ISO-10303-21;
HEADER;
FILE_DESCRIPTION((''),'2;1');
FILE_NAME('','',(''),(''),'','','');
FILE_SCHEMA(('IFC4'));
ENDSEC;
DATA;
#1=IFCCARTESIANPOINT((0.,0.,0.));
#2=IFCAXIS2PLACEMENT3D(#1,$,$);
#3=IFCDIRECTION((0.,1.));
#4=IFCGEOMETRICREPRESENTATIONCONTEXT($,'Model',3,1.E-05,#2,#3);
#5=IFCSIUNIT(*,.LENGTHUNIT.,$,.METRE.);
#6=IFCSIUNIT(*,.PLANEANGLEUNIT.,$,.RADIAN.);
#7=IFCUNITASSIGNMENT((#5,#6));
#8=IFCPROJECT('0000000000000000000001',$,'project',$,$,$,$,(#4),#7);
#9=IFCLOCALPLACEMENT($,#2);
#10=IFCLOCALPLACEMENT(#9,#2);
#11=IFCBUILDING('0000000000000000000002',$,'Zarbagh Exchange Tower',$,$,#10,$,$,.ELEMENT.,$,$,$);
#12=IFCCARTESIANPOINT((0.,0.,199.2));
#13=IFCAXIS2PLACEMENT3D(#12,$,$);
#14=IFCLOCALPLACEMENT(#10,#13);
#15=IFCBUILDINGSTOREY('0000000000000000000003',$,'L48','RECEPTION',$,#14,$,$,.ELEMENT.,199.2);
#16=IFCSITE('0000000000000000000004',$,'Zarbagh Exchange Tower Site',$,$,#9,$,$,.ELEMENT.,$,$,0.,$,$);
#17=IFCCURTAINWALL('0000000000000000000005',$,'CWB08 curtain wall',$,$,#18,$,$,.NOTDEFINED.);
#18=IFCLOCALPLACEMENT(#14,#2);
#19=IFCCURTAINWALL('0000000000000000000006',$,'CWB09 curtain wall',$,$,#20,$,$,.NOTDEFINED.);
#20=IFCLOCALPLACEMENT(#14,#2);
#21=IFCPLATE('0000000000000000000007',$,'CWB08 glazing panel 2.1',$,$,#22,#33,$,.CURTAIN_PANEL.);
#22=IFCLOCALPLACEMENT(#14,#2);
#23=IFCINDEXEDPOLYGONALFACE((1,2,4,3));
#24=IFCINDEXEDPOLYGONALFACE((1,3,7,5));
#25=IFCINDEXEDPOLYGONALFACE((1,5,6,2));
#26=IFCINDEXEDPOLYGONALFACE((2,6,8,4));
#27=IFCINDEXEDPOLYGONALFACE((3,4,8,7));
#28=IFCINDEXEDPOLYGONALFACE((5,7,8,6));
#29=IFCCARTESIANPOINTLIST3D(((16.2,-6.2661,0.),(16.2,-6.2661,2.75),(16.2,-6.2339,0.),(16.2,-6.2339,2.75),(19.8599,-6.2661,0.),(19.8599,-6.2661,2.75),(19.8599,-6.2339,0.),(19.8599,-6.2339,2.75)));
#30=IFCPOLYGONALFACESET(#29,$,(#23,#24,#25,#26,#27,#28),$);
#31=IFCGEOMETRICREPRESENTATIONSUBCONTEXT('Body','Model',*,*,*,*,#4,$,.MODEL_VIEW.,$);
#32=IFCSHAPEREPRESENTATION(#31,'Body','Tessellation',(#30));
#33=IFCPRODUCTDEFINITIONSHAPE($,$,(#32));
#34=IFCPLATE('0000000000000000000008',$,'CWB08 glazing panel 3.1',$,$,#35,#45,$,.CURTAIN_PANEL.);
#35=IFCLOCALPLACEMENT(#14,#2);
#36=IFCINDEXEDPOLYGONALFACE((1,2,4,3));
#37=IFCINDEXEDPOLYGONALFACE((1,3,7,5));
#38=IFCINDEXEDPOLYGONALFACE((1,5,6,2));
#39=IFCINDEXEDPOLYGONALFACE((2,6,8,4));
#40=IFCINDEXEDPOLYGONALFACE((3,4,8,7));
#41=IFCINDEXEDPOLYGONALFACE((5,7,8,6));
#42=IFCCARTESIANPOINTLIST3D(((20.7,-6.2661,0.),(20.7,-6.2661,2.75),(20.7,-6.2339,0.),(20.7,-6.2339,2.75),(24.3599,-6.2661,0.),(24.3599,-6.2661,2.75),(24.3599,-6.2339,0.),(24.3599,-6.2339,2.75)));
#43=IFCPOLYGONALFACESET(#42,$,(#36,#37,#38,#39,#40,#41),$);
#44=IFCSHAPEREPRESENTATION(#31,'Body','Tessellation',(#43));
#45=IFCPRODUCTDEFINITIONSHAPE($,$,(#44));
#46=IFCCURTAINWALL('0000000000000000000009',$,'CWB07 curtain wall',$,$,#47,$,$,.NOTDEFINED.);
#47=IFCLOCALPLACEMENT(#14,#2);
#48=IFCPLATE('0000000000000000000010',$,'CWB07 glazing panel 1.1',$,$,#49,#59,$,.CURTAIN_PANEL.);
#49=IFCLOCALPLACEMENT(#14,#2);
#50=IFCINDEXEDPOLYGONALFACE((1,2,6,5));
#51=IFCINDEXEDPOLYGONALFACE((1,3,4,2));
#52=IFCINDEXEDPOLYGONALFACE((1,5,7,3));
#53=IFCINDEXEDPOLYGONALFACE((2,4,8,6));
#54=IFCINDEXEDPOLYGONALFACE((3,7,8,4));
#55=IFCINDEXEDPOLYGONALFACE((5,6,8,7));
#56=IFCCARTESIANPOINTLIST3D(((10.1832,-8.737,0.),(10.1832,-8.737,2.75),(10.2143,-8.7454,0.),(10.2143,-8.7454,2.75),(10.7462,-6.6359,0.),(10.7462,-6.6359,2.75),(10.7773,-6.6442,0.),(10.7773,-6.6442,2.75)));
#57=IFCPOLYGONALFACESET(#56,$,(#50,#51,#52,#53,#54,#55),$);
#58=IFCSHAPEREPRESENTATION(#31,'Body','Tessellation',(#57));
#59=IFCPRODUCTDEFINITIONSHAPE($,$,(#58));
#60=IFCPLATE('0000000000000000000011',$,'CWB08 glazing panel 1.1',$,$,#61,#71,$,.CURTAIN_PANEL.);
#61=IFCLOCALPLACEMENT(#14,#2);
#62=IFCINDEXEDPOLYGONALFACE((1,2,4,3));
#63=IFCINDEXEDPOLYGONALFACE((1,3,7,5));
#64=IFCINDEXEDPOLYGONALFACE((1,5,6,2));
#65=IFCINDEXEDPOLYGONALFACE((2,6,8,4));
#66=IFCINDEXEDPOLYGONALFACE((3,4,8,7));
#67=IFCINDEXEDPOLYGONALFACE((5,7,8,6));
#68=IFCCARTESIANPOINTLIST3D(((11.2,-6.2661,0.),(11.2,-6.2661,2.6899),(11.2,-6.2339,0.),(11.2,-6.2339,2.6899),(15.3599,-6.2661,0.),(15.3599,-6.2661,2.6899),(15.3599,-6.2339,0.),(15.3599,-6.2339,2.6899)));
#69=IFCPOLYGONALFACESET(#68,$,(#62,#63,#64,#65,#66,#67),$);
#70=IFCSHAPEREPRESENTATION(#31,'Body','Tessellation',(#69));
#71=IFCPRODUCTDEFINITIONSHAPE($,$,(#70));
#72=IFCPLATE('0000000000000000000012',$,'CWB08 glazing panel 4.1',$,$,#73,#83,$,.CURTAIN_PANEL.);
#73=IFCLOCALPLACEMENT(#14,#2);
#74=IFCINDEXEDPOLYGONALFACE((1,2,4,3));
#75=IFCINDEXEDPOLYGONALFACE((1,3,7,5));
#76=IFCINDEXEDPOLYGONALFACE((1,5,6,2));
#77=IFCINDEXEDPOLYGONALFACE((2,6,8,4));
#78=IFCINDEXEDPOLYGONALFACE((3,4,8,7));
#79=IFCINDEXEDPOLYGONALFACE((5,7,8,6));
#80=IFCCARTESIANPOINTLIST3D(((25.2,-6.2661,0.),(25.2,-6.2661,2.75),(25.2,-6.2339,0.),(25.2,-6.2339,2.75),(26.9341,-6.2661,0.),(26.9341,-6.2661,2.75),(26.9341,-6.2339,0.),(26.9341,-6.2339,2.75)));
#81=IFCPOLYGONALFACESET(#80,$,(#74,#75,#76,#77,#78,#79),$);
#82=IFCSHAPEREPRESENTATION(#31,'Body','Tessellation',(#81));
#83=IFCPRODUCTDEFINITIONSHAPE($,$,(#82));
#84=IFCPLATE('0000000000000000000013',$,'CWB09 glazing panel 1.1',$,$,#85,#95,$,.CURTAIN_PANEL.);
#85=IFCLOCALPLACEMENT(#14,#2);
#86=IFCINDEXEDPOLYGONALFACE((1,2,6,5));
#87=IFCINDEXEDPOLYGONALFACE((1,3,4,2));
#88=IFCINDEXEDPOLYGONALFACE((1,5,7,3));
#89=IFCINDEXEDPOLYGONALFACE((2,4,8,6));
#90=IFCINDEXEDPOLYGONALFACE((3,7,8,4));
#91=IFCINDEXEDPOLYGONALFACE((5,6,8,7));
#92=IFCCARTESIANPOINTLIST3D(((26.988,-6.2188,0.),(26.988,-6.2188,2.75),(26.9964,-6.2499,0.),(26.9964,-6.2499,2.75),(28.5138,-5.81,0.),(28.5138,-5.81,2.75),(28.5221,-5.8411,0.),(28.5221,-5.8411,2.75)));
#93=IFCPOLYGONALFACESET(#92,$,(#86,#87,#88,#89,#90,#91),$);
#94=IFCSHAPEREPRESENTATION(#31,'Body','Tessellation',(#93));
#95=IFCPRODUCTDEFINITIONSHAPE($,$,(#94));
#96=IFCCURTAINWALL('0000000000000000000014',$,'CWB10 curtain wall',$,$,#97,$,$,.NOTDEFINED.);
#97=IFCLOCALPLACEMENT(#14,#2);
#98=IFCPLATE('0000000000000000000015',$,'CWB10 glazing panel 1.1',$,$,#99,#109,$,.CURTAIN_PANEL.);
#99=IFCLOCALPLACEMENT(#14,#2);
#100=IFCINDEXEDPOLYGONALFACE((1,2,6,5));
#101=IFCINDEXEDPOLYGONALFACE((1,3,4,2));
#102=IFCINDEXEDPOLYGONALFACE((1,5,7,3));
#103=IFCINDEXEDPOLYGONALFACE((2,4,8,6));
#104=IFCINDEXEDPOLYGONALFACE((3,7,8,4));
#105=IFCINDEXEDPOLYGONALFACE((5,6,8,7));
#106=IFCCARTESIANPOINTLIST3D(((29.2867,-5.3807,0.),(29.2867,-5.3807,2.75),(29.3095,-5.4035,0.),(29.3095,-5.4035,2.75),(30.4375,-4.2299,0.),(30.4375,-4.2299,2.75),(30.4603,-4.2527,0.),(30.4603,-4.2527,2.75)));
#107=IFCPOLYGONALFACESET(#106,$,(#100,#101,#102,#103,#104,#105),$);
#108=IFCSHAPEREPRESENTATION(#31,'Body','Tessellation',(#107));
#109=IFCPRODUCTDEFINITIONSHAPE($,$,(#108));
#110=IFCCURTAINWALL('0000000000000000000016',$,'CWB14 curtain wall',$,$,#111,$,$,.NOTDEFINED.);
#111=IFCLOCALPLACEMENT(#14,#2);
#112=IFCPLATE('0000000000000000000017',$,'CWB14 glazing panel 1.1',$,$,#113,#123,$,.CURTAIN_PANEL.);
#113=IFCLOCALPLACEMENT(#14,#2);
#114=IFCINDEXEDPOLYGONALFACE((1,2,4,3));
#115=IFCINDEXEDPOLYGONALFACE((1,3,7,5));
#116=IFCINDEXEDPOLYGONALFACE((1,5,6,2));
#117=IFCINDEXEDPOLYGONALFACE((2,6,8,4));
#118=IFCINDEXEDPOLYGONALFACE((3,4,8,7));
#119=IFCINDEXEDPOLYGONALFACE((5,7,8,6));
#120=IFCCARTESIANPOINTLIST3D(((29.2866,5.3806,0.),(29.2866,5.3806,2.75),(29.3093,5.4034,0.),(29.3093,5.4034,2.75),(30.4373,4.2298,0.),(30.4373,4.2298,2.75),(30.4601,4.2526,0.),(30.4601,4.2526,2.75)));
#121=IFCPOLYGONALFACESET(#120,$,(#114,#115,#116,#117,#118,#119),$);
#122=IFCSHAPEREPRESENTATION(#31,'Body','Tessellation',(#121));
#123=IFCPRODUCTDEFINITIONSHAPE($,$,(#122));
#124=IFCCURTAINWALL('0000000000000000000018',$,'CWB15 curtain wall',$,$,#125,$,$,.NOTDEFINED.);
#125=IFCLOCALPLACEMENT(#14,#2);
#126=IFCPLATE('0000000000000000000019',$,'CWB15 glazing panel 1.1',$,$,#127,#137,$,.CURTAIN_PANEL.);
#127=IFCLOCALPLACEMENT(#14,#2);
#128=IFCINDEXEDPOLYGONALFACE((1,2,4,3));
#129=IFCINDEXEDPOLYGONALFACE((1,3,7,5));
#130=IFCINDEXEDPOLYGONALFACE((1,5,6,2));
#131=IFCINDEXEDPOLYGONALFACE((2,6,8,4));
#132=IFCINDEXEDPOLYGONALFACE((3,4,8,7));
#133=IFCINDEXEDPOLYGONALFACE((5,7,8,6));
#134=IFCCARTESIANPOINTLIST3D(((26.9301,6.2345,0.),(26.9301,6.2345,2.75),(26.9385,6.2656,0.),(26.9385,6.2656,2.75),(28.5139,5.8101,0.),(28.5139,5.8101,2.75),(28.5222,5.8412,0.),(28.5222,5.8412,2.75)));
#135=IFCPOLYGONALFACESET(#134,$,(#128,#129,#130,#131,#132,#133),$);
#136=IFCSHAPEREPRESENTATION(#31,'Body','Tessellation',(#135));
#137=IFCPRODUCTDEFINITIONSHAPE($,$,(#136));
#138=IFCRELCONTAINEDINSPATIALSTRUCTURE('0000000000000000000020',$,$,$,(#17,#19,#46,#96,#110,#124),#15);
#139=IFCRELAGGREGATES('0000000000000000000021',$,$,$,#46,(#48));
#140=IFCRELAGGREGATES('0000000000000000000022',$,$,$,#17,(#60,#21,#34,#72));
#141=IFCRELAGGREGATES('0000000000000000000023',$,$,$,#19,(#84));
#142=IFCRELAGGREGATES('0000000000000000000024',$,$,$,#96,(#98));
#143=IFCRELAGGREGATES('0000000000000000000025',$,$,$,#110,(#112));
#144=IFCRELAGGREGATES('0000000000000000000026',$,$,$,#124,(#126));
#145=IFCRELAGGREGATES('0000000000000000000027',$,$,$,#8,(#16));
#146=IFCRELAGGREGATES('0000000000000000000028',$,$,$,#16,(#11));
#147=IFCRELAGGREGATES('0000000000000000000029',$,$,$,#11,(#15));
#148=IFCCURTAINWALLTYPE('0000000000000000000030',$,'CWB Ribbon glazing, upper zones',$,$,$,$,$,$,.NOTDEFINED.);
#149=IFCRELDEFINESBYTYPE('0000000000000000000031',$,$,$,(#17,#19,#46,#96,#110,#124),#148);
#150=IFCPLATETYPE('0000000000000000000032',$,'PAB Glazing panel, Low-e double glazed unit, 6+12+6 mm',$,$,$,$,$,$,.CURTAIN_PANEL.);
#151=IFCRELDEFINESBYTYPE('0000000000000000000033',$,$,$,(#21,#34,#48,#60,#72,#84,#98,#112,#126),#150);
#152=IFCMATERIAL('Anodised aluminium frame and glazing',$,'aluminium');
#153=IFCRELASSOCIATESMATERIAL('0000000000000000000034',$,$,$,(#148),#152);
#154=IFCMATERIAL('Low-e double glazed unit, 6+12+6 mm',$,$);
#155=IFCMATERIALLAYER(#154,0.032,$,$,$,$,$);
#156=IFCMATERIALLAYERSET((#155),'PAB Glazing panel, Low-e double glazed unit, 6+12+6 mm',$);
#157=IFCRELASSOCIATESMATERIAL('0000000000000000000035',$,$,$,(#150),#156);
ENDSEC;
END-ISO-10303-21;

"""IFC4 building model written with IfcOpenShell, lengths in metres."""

from ifc_helpers import new_model, si_unit, direction, frame, origin, place, context, subcontext, project, spatial, polyline, outline, extrude, source, transform, mapped, material, layer, layer_set, type_object, element, aggregate, save


model = new_model("IFC4")

# Units and contexts
model_context = context("Model", 3, precision=1e-05, world=origin(), true_north=direction((0.0, 1.0)))
body_context = subcontext(model_context, "Body", "Model", "MODEL_VIEW")
ifc_project = project(units=[si_unit("LENGTHUNIT", "METRE"), si_unit("PLANEANGLEUNIT", "RADIAN")], contexts=[model_context])

# Site, building, storey
site_placement = place(None, origin())
site = spatial("IfcSite", under=ifc_project, at=site_placement, Name="Zarbagh Exchange Tower Site", CompositionType="ELEMENT", RefElevation=0.0)
building_placement = place(site_placement, origin())
building = spatial("IfcBuilding", under=site, at=building_placement, Name="Zarbagh Exchange Tower", CompositionType="ELEMENT")
storey_placement = place(building_placement, frame((0.0, 0.0, 199.2)))
storey = spatial("IfcBuildingStorey", under=building, at=storey_placement, Name="L48", Description="RECEPTION", CompositionType="ELEMENT", Elevation=199.2)

# Curtain wall
ifc_material_1 = material(Name="Anodised aluminium frame and glazing", Category="aluminium")
curtain_wall_type = type_object("IfcCurtainWallType", Name="CWB Ribbon glazing, upper zones", PredefinedType="NOTDEFINED", material=ifc_material_1)
curtain_wall_1_placement = place(storey_placement, origin())
curtain_wall_1 = element("IfcCurtainWall", 1, at=curtain_wall_1_placement, inside=storey, type_object=curtain_wall_type, Name="CWB08 curtain wall", PredefinedType="NOTDEFINED")
placement = place(storey_placement, origin())

# Curtain wall
curtain_wall_2_placement = place(storey_placement, origin())
curtain_wall_2 = element("IfcCurtainWall", 2, at=curtain_wall_2_placement, inside=storey, type_object=curtain_wall_type, Name="CWB09 curtain wall", PredefinedType="NOTDEFINED")

# Shared definitions
ifc_material_2 = material(Name="Low-e double glazed unit, 6+12+6 mm")
ifc_layer = layer(ifc_material_2, 0.032)
ifc_layer_set = layer_set([ifc_layer], Name="PAB Glazing panel, Low-e double glazed unit, 6+12+6 mm")
plate_type = type_object("IfcPlateType", Name="PAB Glazing panel, Low-e double glazed unit, 6+12+6 mm", PredefinedType="CURTAIN_PANEL", material=ifc_layer_set)

# Plates
shared_shape_1 = source(origin(), body_context, "Body", "SweptSolid", [
    extrude(outline(polyline([(0.0, -0.0161), (3.6599, -0.0161), (3.6599, 0.0161), (0.0, 0.0161), (0.0, -0.0161)])), origin(), (0.0, 0.0, 1.0), 2.75),
])
plate_1 = element("IfcPlate", 3, at=placement, type_object=plate_type, Name="CWB08 glazing panel 2.1", PredefinedType="CURTAIN_PANEL", context=body_context, shape_type="MappedRepresentation", body=[
    mapped(shared_shape_1, transform((16.2, -6.25, 0.0), x_axis=(1.0, 0.0, 0.0), y_axis=(0.0, 1.0, 0.0), z_axis=(0.0, 0.0, 1.0))),
])
plate_2 = element("IfcPlate", 4, at=placement, type_object=plate_type, Name="CWB08 glazing panel 3.1", PredefinedType="CURTAIN_PANEL", context=body_context, shape_type="MappedRepresentation", body=[
    mapped(shared_shape_1, transform((20.7, -6.25, 0.0), x_axis=(1.0, 0.0, 0.0), y_axis=(0.0, 1.0, 0.0), z_axis=(0.0, 0.0, 1.0))),
])

# Curtain wall, plate
curtain_wall_3_placement = place(storey_placement, origin())
curtain_wall_3 = element("IfcCurtainWall", 5, at=curtain_wall_3_placement, inside=storey, type_object=curtain_wall_type, Name="CWB07 curtain wall", PredefinedType="NOTDEFINED")
shared_shape_2 = source(origin(), body_context, "Body", "SweptSolid", [
    extrude(outline(polyline([(0.0, -0.0161), (2.1753, -0.0161), (2.1753, 0.0161), (0.0, 0.0161), (0.0, -0.0161)])), origin(), (0.0, 0.0, 1.0), 2.75),
])
plate_3 = element("IfcPlate", 6, at=placement, type_object=plate_type, Name="CWB07 glazing panel 1.1", PredefinedType="CURTAIN_PANEL", context=body_context, shape_type="MappedRepresentation", body=[
    mapped(shared_shape_2, transform((10.1987, -8.7412, 0.0), x_axis=(0.258825, 0.965924, 0.0), y_axis=(-0.965924, 0.258825, 0.0), z_axis=(0.0, 0.0, 1.0))),
])
aggregate(curtain_wall_3, [plate_3])

# Plates
shared_shape_3 = source(origin(), body_context, "Body", "SweptSolid", [
    extrude(outline(polyline([(0.0, -0.0161), (4.1599, -0.0161), (4.1599, 0.0161), (0.0, 0.0161), (0.0, -0.0161)])), origin(), (0.0, 0.0, 1.0), 2.6899),
])
plate_4 = element("IfcPlate", 7, at=placement, type_object=plate_type, Name="CWB08 glazing panel 1.1", PredefinedType="CURTAIN_PANEL", context=body_context, shape_type="MappedRepresentation", body=[
    mapped(shared_shape_3, transform((11.2, -6.25, 0.0), x_axis=(1.0, 0.0, 0.0), y_axis=(0.0, 1.0, 0.0), z_axis=(0.0, 0.0, 1.0))),
])
shared_shape_4 = source(origin(), body_context, "Body", "SweptSolid", [
    extrude(outline(polyline([(0.0, -0.0161), (1.7341, -0.0161), (1.7341, 0.0161), (0.0, 0.0161), (0.0, -0.0161)])), origin(), (0.0, 0.0, 1.0), 2.75),
])
plate_5 = element("IfcPlate", 8, at=placement, type_object=plate_type, Name="CWB08 glazing panel 4.1", PredefinedType="CURTAIN_PANEL", context=body_context, shape_type="MappedRepresentation", body=[
    mapped(shared_shape_4, transform((25.2, -6.25, 0.0), x_axis=(1.0, 0.0, 0.0), y_axis=(0.0, 1.0, 0.0), z_axis=(0.0, 0.0, 1.0))),
])
aggregate(curtain_wall_1, [plate_4, plate_1, plate_2, plate_5])
shared_shape_5 = source(origin(), body_context, "Body", "SweptSolid", [
    extrude(outline(polyline([(0.0, -0.0161), (1.5796, -0.0161), (1.5796, 0.0161), (0.0, 0.0161), (0.0, -0.0161)])), origin(), (0.0, 0.0, 1.0), 2.75),
])
plate_6 = element("IfcPlate", 9, at=placement, type_object=plate_type, Name="CWB09 glazing panel 1.1", PredefinedType="CURTAIN_PANEL", context=body_context, shape_type="MappedRepresentation", body=[
    mapped(shared_shape_5, transform((26.9922, -6.2344, 0.0), x_axis=(0.965924, 0.258825, 0.0), y_axis=(-0.258825, 0.965924, 0.0), z_axis=(0.0, 0.0, 1.0))),
])
aggregate(curtain_wall_2, [plate_6])

# Curtain walls, plates
curtain_wall_4_placement = place(storey_placement, origin())
curtain_wall_4 = element("IfcCurtainWall", 10, at=curtain_wall_4_placement, inside=storey, type_object=curtain_wall_type, Name="CWB10 curtain wall", PredefinedType="NOTDEFINED")
shared_shape_6 = source(origin(), body_context, "Body", "SweptSolid", [
    extrude(outline(polyline([(0.0, -0.0161), (1.6274, -0.0161), (1.6274, 0.0161), (0.0, 0.0161), (0.0, -0.0161)])), origin(), (0.0, 0.0, 1.0), 2.75),
])
plate_7 = element("IfcPlate", 11, at=placement, type_object=plate_type, Name="CWB10 glazing panel 1.1", PredefinedType="CURTAIN_PANEL", context=body_context, shape_type="MappedRepresentation", body=[
    mapped(shared_shape_6, transform((29.2981, -5.3921, 0.0), x_axis=(0.707107, 0.707107, 0.0), y_axis=(-0.707107, 0.707107, 0.0), z_axis=(0.0, 0.0, 1.0))),
])
aggregate(curtain_wall_4, [plate_7])
curtain_wall_5_placement = place(storey_placement, origin())
curtain_wall_5 = element("IfcCurtainWall", 12, at=curtain_wall_5_placement, inside=storey, type_object=curtain_wall_type, Name="CWB14 curtain wall", PredefinedType="NOTDEFINED")
plate_8 = element("IfcPlate", 13, at=placement, type_object=plate_type, Name="CWB14 glazing panel 1.1", PredefinedType="CURTAIN_PANEL", context=body_context, shape_type="MappedRepresentation", body=[
    mapped(shared_shape_6, transform((30.4487, 4.2412, 0.0), x_axis=(-0.707107, 0.707107, 0.0), y_axis=(-0.707107, -0.707107, 0.0), z_axis=(0.0, 0.0, 1.0))),
])
aggregate(curtain_wall_5, [plate_8])
curtain_wall_6_placement = place(storey_placement, origin())
curtain_wall_6 = element("IfcCurtainWall", 14, at=curtain_wall_6_placement, inside=storey, type_object=curtain_wall_type, Name="CWB15 curtain wall", PredefinedType="NOTDEFINED")
shared_shape_7 = source(origin(), body_context, "Body", "SweptSolid", [
    extrude(outline(polyline([(0.0, -0.0161), (1.6396, -0.0161), (1.6396, 0.0161), (0.0, 0.0161), (0.0, -0.0161)])), origin(), (0.0, 0.0, 1.0), 2.75),
])
plate_9 = element("IfcPlate", 15, at=placement, type_object=plate_type, Name="CWB15 glazing panel 1.1", PredefinedType="CURTAIN_PANEL", context=body_context, shape_type="MappedRepresentation", body=[
    mapped(shared_shape_7, transform((28.5181, 5.8257, 0.0), x_axis=(-0.965924, 0.258825, 0.0), y_axis=(-0.258825, -0.965924, 0.0), z_axis=(0.0, 0.0, 1.0))),
])
aggregate(curtain_wall_6, [plate_9])

save(model, "model.ifc")
